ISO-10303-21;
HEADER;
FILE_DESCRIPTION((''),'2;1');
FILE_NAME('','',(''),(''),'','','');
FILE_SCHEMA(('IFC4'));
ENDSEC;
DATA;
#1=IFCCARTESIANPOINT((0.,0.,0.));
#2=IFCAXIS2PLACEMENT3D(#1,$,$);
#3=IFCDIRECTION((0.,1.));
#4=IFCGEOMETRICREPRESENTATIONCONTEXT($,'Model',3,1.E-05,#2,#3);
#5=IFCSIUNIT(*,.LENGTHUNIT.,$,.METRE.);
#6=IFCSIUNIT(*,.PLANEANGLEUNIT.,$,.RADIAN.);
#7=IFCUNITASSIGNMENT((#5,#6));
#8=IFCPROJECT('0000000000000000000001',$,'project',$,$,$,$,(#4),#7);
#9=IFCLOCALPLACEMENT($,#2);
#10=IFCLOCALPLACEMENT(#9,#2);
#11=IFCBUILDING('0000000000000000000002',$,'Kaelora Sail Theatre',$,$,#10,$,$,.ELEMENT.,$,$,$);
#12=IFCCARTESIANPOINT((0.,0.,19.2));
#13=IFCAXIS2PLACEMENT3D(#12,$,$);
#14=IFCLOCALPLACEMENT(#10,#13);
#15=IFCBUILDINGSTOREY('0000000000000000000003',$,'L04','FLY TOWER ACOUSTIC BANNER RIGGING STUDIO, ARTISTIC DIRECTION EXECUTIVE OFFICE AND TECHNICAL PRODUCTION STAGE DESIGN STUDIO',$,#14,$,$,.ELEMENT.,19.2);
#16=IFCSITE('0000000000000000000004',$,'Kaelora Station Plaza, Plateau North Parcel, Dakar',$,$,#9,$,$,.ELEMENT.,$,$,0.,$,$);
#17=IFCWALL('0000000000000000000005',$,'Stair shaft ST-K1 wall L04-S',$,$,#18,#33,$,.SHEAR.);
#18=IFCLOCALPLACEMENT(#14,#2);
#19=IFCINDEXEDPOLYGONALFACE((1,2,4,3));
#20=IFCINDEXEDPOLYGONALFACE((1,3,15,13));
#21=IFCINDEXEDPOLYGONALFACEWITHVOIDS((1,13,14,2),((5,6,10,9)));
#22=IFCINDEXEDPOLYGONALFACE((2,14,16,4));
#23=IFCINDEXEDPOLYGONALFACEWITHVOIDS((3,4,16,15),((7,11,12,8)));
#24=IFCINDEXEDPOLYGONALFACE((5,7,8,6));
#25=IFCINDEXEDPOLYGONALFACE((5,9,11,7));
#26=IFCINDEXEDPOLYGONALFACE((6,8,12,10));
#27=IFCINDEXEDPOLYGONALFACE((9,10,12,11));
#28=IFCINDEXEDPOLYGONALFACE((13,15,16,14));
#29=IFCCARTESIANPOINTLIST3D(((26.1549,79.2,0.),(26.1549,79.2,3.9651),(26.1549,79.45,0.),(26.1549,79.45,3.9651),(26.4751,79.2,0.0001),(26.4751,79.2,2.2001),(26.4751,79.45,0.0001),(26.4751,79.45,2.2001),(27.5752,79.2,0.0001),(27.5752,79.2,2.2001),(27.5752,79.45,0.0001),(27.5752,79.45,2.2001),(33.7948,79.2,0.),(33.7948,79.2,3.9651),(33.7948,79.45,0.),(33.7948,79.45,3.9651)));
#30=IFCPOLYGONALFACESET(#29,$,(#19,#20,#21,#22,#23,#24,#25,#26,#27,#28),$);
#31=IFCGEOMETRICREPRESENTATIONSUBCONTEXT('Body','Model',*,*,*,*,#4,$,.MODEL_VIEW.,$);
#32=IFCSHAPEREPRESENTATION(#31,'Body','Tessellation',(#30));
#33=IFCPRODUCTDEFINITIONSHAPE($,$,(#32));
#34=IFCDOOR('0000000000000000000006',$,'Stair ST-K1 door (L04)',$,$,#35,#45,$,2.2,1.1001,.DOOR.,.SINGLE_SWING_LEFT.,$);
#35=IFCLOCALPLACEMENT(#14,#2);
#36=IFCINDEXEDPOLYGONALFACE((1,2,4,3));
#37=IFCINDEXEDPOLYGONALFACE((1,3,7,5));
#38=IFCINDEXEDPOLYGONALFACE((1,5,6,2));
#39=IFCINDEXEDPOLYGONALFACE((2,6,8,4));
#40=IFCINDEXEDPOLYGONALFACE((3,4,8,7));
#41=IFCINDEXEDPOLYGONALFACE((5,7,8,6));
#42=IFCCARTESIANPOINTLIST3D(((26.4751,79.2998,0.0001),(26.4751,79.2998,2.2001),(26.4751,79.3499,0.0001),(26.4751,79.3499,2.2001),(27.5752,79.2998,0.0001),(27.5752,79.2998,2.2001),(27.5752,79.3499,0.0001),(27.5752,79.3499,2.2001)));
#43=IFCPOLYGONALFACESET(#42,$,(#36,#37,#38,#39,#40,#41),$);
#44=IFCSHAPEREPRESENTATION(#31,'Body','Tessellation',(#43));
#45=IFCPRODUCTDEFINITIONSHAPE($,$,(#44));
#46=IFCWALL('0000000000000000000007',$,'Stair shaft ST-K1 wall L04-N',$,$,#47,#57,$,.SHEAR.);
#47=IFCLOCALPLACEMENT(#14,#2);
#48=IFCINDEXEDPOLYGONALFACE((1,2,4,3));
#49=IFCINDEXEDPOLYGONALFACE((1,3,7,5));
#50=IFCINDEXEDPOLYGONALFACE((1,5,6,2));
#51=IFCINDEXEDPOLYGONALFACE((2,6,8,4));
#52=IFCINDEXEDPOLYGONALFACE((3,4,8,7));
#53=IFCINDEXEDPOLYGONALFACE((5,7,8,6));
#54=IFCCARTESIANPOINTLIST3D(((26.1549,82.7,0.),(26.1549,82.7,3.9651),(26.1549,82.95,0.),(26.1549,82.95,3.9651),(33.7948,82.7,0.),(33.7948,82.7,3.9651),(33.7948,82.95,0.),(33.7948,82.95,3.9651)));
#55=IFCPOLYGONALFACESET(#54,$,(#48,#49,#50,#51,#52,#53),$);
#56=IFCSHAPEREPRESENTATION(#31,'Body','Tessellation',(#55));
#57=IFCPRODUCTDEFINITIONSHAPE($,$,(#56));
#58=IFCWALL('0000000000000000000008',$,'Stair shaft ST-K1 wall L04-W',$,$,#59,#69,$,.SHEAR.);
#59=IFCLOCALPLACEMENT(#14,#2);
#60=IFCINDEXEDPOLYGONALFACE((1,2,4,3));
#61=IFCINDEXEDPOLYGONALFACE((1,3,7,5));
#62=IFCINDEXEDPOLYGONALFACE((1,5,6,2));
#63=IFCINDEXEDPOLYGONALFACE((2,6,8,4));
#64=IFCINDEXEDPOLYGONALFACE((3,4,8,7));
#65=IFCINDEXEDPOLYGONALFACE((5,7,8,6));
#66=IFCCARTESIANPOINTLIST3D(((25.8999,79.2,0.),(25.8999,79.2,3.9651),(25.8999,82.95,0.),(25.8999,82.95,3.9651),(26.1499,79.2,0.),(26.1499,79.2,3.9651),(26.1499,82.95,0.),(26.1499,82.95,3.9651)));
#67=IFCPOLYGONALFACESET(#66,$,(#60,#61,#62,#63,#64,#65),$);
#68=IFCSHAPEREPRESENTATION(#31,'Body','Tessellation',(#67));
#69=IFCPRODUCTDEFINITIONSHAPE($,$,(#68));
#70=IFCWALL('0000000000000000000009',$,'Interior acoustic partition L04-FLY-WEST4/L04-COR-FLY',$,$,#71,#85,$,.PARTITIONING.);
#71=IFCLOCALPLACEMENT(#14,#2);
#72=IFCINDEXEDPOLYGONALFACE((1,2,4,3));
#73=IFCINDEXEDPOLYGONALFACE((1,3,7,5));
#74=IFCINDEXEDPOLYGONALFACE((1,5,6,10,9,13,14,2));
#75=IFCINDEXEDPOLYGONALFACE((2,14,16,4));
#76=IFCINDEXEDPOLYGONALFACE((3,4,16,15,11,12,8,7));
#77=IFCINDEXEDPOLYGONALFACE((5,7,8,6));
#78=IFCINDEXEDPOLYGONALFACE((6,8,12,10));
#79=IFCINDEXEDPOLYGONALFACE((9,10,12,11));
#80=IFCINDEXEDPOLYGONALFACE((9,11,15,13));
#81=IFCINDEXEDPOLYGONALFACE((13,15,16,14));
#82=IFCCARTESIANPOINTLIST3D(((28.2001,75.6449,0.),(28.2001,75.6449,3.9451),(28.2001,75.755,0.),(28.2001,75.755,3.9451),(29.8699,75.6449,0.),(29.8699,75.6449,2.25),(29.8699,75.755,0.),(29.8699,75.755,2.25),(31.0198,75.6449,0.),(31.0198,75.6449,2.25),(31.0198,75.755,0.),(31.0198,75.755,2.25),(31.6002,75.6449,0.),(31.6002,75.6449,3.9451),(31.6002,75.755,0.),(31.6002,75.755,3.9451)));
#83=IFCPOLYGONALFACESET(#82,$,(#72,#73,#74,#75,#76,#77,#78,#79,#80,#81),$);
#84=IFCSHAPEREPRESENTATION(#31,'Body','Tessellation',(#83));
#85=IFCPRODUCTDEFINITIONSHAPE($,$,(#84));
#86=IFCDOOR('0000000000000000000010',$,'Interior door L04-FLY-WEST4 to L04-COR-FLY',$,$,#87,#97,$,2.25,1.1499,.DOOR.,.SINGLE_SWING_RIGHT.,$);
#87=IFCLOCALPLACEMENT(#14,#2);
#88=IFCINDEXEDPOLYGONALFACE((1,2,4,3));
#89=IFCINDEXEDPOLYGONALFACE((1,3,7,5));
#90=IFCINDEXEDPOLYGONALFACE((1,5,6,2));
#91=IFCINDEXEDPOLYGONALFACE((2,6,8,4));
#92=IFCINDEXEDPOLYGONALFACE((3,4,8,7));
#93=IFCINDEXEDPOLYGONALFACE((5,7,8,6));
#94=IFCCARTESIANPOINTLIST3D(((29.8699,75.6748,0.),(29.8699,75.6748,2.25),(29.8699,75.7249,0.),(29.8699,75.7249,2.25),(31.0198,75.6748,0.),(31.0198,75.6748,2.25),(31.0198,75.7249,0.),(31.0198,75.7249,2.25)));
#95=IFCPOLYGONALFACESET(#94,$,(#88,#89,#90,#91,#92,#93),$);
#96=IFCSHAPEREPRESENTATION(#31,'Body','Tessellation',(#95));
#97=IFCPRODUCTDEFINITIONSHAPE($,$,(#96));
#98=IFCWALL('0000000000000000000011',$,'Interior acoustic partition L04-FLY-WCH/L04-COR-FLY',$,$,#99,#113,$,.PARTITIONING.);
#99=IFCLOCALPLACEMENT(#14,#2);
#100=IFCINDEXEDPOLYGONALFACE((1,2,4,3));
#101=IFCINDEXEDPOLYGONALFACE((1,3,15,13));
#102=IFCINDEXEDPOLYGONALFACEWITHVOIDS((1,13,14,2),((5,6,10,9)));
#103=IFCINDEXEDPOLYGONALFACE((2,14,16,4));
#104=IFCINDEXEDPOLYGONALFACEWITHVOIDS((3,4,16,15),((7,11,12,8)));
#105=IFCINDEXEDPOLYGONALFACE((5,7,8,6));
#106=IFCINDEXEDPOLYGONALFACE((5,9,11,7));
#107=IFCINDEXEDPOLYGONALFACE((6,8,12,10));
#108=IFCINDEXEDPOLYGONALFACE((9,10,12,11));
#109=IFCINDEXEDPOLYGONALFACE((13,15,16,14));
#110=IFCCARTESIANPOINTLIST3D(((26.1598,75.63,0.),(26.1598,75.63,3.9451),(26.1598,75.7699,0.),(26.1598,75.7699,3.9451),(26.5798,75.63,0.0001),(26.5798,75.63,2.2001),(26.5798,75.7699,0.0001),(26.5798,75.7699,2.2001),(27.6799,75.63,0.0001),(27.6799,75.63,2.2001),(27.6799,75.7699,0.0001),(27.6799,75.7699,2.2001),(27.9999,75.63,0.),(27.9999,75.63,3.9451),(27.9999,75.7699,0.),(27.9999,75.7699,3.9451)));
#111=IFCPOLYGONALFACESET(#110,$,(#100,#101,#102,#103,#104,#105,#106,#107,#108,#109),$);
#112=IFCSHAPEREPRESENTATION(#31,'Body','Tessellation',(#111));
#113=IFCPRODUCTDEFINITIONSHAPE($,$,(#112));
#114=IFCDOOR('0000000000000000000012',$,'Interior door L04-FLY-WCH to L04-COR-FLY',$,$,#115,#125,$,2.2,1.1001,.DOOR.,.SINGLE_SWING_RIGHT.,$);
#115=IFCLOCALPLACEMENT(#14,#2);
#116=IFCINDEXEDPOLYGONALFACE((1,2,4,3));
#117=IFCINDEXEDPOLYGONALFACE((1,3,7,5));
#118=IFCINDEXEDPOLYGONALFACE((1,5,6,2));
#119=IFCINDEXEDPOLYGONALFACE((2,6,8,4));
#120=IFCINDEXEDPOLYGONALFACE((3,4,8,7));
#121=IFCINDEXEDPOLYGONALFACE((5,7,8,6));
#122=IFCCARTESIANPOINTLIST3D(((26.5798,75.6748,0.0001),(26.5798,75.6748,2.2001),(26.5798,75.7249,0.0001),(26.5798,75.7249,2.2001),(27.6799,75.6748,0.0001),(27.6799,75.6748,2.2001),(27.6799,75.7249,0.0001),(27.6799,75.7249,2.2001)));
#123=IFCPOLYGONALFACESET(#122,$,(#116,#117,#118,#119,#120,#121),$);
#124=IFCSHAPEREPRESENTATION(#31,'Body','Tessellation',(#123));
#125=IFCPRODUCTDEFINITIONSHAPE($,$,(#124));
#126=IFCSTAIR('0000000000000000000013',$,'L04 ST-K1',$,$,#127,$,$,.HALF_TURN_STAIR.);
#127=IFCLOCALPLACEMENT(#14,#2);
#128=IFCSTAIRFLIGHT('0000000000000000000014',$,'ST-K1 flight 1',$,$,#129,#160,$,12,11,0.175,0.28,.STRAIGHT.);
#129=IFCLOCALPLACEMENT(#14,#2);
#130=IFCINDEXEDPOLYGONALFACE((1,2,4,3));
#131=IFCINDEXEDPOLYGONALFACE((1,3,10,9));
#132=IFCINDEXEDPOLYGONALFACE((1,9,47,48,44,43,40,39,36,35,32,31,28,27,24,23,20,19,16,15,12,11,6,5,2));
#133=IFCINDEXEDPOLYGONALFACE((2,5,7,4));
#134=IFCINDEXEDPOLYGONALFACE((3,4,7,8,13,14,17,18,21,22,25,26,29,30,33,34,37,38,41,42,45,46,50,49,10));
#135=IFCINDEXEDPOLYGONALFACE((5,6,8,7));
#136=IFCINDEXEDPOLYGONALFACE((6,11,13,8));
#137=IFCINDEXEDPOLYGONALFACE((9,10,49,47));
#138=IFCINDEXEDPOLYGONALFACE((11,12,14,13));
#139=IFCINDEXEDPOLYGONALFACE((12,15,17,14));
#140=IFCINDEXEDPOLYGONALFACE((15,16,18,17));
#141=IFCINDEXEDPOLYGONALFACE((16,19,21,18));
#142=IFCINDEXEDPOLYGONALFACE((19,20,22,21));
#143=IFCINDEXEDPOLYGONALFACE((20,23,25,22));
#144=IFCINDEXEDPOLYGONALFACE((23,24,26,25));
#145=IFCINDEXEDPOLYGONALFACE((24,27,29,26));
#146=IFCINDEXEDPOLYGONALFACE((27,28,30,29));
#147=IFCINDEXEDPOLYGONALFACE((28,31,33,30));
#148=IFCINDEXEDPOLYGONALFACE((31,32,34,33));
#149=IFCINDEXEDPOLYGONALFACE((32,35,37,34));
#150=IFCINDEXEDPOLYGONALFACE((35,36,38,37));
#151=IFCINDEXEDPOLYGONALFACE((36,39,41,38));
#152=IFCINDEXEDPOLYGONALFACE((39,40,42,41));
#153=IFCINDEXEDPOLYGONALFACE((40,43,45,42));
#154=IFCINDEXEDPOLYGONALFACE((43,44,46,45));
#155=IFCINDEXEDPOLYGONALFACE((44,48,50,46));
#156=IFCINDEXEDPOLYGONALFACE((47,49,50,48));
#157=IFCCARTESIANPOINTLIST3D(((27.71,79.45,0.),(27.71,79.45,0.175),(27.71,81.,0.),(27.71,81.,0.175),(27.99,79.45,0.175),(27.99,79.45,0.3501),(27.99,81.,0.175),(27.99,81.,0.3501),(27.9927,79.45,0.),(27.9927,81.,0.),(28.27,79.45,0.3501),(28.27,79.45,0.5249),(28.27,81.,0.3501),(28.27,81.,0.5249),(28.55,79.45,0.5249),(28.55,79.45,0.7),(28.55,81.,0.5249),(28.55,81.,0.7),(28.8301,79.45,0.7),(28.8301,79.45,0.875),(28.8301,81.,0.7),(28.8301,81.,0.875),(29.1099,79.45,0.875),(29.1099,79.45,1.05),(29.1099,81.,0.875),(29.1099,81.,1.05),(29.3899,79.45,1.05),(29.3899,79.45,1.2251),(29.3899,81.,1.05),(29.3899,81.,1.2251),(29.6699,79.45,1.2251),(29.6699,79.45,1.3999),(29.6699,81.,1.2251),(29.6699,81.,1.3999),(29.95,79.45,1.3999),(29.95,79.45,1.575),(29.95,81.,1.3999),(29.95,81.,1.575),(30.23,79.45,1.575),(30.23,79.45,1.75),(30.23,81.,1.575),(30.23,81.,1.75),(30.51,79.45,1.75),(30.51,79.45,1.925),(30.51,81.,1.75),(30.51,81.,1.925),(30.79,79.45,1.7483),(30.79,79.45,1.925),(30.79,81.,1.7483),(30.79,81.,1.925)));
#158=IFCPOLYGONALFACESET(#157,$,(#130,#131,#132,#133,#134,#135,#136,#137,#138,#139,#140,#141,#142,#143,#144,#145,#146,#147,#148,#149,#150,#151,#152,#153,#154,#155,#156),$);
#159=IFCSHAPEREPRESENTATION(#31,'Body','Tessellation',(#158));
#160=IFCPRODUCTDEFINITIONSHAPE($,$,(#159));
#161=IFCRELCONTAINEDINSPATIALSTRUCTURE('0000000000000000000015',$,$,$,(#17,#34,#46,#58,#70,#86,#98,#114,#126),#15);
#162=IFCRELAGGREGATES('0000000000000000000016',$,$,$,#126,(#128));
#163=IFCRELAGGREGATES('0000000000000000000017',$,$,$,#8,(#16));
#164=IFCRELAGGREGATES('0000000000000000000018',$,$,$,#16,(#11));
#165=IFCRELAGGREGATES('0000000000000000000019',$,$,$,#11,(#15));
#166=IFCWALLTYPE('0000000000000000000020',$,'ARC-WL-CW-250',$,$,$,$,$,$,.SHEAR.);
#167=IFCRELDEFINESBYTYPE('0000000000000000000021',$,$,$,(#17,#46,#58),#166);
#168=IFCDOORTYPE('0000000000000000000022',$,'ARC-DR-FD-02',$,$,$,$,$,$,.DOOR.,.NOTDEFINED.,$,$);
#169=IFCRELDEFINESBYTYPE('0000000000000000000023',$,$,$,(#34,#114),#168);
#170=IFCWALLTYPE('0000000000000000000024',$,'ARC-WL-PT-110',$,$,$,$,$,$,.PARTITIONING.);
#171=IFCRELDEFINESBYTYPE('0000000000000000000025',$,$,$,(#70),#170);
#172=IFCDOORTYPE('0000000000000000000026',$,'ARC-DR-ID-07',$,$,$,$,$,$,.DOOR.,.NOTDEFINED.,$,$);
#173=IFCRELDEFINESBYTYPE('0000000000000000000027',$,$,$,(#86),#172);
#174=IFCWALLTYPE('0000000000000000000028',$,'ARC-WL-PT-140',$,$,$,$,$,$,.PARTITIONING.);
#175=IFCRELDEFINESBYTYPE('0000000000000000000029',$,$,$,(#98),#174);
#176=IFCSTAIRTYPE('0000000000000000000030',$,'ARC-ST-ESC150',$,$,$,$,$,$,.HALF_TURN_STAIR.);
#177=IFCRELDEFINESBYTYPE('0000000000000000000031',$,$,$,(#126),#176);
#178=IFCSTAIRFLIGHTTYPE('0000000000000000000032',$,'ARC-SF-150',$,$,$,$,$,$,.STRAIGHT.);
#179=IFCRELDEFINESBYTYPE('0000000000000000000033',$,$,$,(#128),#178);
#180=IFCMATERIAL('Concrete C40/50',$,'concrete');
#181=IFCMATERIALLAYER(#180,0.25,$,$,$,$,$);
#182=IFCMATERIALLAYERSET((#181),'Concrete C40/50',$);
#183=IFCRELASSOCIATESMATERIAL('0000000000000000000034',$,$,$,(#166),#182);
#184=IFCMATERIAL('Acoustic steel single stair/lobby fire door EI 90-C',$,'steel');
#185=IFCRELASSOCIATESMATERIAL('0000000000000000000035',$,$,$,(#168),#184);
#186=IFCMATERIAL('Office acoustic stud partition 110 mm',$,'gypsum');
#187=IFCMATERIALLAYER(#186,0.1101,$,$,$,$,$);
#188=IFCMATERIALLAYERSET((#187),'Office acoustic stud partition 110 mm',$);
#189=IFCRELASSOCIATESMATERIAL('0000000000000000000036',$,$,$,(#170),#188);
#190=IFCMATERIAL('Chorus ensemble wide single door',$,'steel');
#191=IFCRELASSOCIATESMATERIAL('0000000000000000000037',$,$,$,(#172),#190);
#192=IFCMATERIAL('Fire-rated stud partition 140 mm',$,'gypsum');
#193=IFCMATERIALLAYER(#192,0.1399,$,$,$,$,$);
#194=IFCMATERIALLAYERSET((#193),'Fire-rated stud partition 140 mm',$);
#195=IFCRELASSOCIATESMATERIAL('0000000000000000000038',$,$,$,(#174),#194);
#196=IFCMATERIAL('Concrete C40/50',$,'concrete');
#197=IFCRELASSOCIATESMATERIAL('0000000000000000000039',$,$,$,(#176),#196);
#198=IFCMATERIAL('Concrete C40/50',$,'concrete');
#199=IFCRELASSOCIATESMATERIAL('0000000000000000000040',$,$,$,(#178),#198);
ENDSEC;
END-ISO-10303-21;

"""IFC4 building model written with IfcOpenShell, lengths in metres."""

from ifc_helpers import new_model, si_unit, direction, frame, frame_2d, origin, place, context, subcontext, project, spatial, polyline, rectangle, outline, extrude, material, layer, layer_set, type_object, element, fill, aggregate, save


model = new_model("IFC4")

# Units and contexts
model_context = context("Model", 3, precision=1e-05, world=origin(), true_north=direction((0.0, 1.0)))
body_context = subcontext(model_context, "Body", "Model", "MODEL_VIEW")
ifc_project = project(units=[si_unit("LENGTHUNIT", "METRE"), si_unit("PLANEANGLEUNIT", "RADIAN")], contexts=[model_context])

# Site, building, storey
site_placement = place(None, origin())
site = spatial("IfcSite", under=ifc_project, at=site_placement, Name="Kaelora Station Plaza, Plateau North Parcel, Dakar", CompositionType="ELEMENT", RefElevation=0.0)
building_placement = place(site_placement, origin())
building = spatial("IfcBuilding", under=site, at=building_placement, Name="Kaelora Sail Theatre", CompositionType="ELEMENT")
storey_placement = place(building_placement, frame((0.0, 0.0, 19.2)))
storey = spatial("IfcBuildingStorey", under=building, at=storey_placement, Name="L04", Description="FLY TOWER ACOUSTIC BANNER RIGGING STUDIO, ARTISTIC DIRECTION EXECUTIVE OFFICE AND TECHNICAL PRODUCTION STAGE DESIGN STUDIO", CompositionType="ELEMENT", Elevation=19.2)

# Wall, opening, door
ifc_material_1 = material(Name="Concrete C40/50", Category="concrete")
ifc_layer_1 = layer(ifc_material_1, 0.25)
ifc_layer_set_1 = layer_set([ifc_layer_1], Name="Concrete C40/50")
wall_type_1 = type_object("IfcWallType", Name="ARC-WL-CW-250", PredefinedType="SHEAR", material=ifc_layer_set_1)
wall_1_placement = place(storey_placement, frame((26.155, 79.325, 0.0), z_axis=(0.0, 0.0, 1.0), x_axis=(1.0, 0.0, 0.0)))
wall_1 = element("IfcWall", 1, at=wall_1_placement, inside=storey, type_object=wall_type_1, Name="Stair shaft ST-K1 wall L04-S", PredefinedType="SHEAR", context=body_context, shape_type="SweptSolid", body=[
    extrude(rectangle(XDim=7.6399, YDim=0.25, at=frame_2d((3.8198, 0.0))), origin(), (0.0, 0.0, 1.0), 3.9651),
])
opening_1_placement = place(wall_1_placement, frame((0.3201, 0.0, 0.0)))
opening_1 = element("IfcOpeningElement", 2, at=opening_1_placement, cuts=wall_1, PredefinedType="OPENING", context=body_context, shape_type="SweptSolid", body=[
    extrude(rectangle(XDim=1.1001, YDim=2.2, at=frame_2d((0.55, 1.1001))), frame((0.0, 0.135, 0.0), z_axis=(0.0, -1.0, 0.0), x_axis=(1.0, 0.0, 0.0)), (0.0, 0.0, 1.0), 0.27),
])
ifc_material_2 = material(Name="Acoustic steel single stair/lobby fire door EI 90-C", Category="steel")
door_type_1 = type_object("IfcDoorType", Name="ARC-DR-FD-02", OperationType="NOTDEFINED", PredefinedType="DOOR", material=ifc_material_2)
door_1_placement = place(opening_1_placement, origin())
door_1 = element("IfcDoor", 3, at=door_1_placement, inside=storey, type_object=door_type_1, Name="Stair ST-K1 door (L04)", OperationType="SINGLE_SWING_LEFT", OverallHeight=2.2, OverallWidth=1.1001, PredefinedType="DOOR", context=body_context, shape_type="SweptSolid", body=[
    extrude(rectangle(XDim=1.1001, YDim=2.2, at=frame_2d((0.55, 1.1001))), frame((0.0, 0.0249, 0.0), z_axis=(0.0, -1.0, 0.0), x_axis=(1.0, 0.0, 0.0)), (0.0, 0.0, 1.0), 0.05),
])
fill(opening_1, door_1)

# Walls
wall_2_placement = place(storey_placement, frame((26.155, 82.825, 0.0), z_axis=(0.0, 0.0, 1.0), x_axis=(1.0, 0.0, 0.0)))
element("IfcWall", 4, at=wall_2_placement, inside=storey, type_object=wall_type_1, Name="Stair shaft ST-K1 wall L04-N", PredefinedType="SHEAR", context=body_context, shape_type="SweptSolid", body=[
    extrude(rectangle(XDim=7.6399, YDim=0.25, at=frame_2d((3.8198, 0.0))), origin(), (0.0, 0.0, 1.0), 3.9651),
])
wall_3_placement = place(storey_placement, frame((26.0249, 79.2, 0.0), z_axis=(0.0, 0.0, 1.0), x_axis=(0.0, 1.0, 0.0)))
element("IfcWall", 5, at=wall_3_placement, inside=storey, type_object=wall_type_1, Name="Stair shaft ST-K1 wall L04-W", PredefinedType="SHEAR", context=body_context, shape_type="SweptSolid", body=[
    extrude(rectangle(XDim=3.75, YDim=0.25, at=frame_2d((1.875, 0.0))), origin(), (0.0, 0.0, 1.0), 3.9651),
])

# Walls, openings, doors
ifc_material_3 = material(Name="Office acoustic stud partition 110 mm", Category="gypsum")
ifc_layer_2 = layer(ifc_material_3, 0.1101)
ifc_layer_set_2 = layer_set([ifc_layer_2], Name="Office acoustic stud partition 110 mm")
wall_type_2 = type_object("IfcWallType", Name="ARC-WL-PT-110", PredefinedType="PARTITIONING", material=ifc_layer_set_2)
wall_4_placement = place(storey_placement, frame((28.2, 75.7, 0.0), z_axis=(0.0, 0.0, 1.0), x_axis=(1.0, 0.0, 0.0)))
wall_4 = element("IfcWall", 6, at=wall_4_placement, inside=storey, type_object=wall_type_2, Name="Interior acoustic partition L04-FLY-WEST4/L04-COR-FLY", PredefinedType="PARTITIONING", context=body_context, shape_type="SweptSolid", body=[
    extrude(rectangle(XDim=3.4001, YDim=0.1101, at=frame_2d((1.7002, 0.0))), origin(), (0.0, 0.0, 1.0), 3.9451),
])
opening_2_placement = place(wall_4_placement, frame((1.6699, 0.0, 0.0)))
opening_2 = element("IfcOpeningElement", 7, at=opening_2_placement, cuts=wall_4, PredefinedType="OPENING", context=body_context, shape_type="SweptSolid", body=[
    extrude(rectangle(XDim=1.1499, YDim=2.25, at=frame_2d((0.575, 1.125))), frame((0.0, 0.0652, 0.0), z_axis=(0.0, -1.0, 0.0), x_axis=(1.0, 0.0, 0.0)), (0.0, 0.0, 1.0), 0.1301),
])
ifc_material_4 = material(Name="Chorus ensemble wide single door", Category="steel")
door_type_2 = type_object("IfcDoorType", Name="ARC-DR-ID-07", OperationType="NOTDEFINED", PredefinedType="DOOR", material=ifc_material_4)
door_2_placement = place(opening_2_placement, origin())
door_2 = element("IfcDoor", 8, at=door_2_placement, inside=storey, type_object=door_type_2, Name="Interior door L04-FLY-WEST4 to L04-COR-FLY", OperationType="SINGLE_SWING_RIGHT", OverallHeight=2.25, OverallWidth=1.1499, PredefinedType="DOOR", context=body_context, shape_type="SweptSolid", body=[
    extrude(rectangle(XDim=1.1499, YDim=2.25, at=frame_2d((0.575, 1.125))), frame((0.0, 0.0249, 0.0), z_axis=(0.0, -1.0, 0.0), x_axis=(1.0, 0.0, 0.0)), (0.0, 0.0, 1.0), 0.05),
])
fill(opening_2, door_2)
ifc_material_5 = material(Name="Fire-rated stud partition 140 mm", Category="gypsum")
ifc_layer_3 = layer(ifc_material_5, 0.1399)
ifc_layer_set_3 = layer_set([ifc_layer_3], Name="Fire-rated stud partition 140 mm")
wall_type_3 = type_object("IfcWallType", Name="ARC-WL-PT-140", PredefinedType="PARTITIONING", material=ifc_layer_set_3)
wall_5_placement = place(storey_placement, frame((26.1599, 75.7, 0.0), z_axis=(0.0, 0.0, 1.0), x_axis=(1.0, 0.0, 0.0)))
wall_5 = element("IfcWall", 9, at=wall_5_placement, inside=storey, type_object=wall_type_3, Name="Interior acoustic partition L04-FLY-WCH/L04-COR-FLY", PredefinedType="PARTITIONING", context=body_context, shape_type="SweptSolid", body=[
    extrude(rectangle(XDim=1.8401, YDim=0.1399, at=frame_2d((0.9199, 0.0))), origin(), (0.0, 0.0, 1.0), 3.9451),
])
opening_3_placement = place(wall_5_placement, frame((0.4199, 0.0, 0.0)))
opening_3 = element("IfcOpeningElement", 10, at=opening_3_placement, cuts=wall_5, PredefinedType="OPENING", context=body_context, shape_type="SweptSolid", body=[
    extrude(rectangle(XDim=1.1001, YDim=2.2, at=frame_2d((0.55, 1.1001))), frame((0.0, 0.0798, 0.0), z_axis=(0.0, -1.0, 0.0), x_axis=(1.0, 0.0, 0.0)), (0.0, 0.0, 1.0), 0.1599),
])
door_3_placement = place(opening_3_placement, origin())
door_3 = element("IfcDoor", 11, at=door_3_placement, inside=storey, type_object=door_type_1, Name="Interior door L04-FLY-WCH to L04-COR-FLY", OperationType="SINGLE_SWING_RIGHT", OverallHeight=2.2, OverallWidth=1.1001, PredefinedType="DOOR", context=body_context, shape_type="SweptSolid", body=[
    extrude(rectangle(XDim=1.1001, YDim=2.2, at=frame_2d((0.55, 1.1001))), frame((0.0, 0.0249, 0.0), z_axis=(0.0, -1.0, 0.0), x_axis=(1.0, 0.0, 0.0)), (0.0, 0.0, 1.0), 0.05),
])
fill(opening_3, door_3)

# Stair, stair flight
ifc_material_6 = material(Name="Concrete C40/50", Category="concrete")
stair_type = type_object("IfcStairType", Name="ARC-ST-ESC150", PredefinedType="HALF_TURN_STAIR", material=ifc_material_6)
stair_placement = place(storey_placement, origin())
stair = element("IfcStair", 12, at=stair_placement, inside=storey, type_object=stair_type, Name="L04 ST-K1", PredefinedType="HALF_TURN_STAIR")
ifc_material_7 = material(Name="Concrete C40/50", Category="concrete")
stair_flight_type = type_object("IfcStairFlightType", Name="ARC-SF-150", PredefinedType="STRAIGHT", material=ifc_material_7)
stair_flight_1_placement = place(storey_placement, frame((27.71, 80.2251, 0.0), z_axis=(0.0, 0.0, 1.0), x_axis=(1.0, 0.0, 0.0)))
stair_flight_1 = element("IfcStairFlight", 13, at=stair_flight_1_placement, type_object=stair_flight_type, Name="ST-K1 flight 1", NumberOfRisers=12, NumberOfTreads=11, PredefinedType="STRAIGHT", RiserHeight=0.175, TreadLength=0.28, context=body_context, shape_type="SweptSolid", body=[
    extrude(outline(polyline([(0.0, 0.0), (0.0, 0.175), (0.28, 0.175), (0.28, 0.3501), (0.5601, 0.3501), (0.5601, 0.5249), (0.8401, 0.5249), (0.8401, 0.7), (1.1201, 0.7), (1.1201, 0.875), (1.3999, 0.875), (1.3999, 1.05), (1.6799, 1.05), (1.6799, 1.2251), (1.96, 1.2251), (1.96, 1.3999), (2.24, 1.3999), (2.24, 1.575), (2.52, 1.575), (2.52, 1.75), (2.8, 1.75), (2.8, 1.925), (3.0801, 1.925), (3.0801, 2.1001), (3.0801, 1.7483), (0.2827, 0.0), (0.0, 0.0)])), frame((0.0, 0.7749, 0.0), z_axis=(0.0, -1.0, 0.0), x_axis=(1.0, 0.0, 0.0)), (0.0, 0.0, 1.0), 1.55),
])
aggregate(stair, [stair_flight_1])

save(model, "model.ifc")
